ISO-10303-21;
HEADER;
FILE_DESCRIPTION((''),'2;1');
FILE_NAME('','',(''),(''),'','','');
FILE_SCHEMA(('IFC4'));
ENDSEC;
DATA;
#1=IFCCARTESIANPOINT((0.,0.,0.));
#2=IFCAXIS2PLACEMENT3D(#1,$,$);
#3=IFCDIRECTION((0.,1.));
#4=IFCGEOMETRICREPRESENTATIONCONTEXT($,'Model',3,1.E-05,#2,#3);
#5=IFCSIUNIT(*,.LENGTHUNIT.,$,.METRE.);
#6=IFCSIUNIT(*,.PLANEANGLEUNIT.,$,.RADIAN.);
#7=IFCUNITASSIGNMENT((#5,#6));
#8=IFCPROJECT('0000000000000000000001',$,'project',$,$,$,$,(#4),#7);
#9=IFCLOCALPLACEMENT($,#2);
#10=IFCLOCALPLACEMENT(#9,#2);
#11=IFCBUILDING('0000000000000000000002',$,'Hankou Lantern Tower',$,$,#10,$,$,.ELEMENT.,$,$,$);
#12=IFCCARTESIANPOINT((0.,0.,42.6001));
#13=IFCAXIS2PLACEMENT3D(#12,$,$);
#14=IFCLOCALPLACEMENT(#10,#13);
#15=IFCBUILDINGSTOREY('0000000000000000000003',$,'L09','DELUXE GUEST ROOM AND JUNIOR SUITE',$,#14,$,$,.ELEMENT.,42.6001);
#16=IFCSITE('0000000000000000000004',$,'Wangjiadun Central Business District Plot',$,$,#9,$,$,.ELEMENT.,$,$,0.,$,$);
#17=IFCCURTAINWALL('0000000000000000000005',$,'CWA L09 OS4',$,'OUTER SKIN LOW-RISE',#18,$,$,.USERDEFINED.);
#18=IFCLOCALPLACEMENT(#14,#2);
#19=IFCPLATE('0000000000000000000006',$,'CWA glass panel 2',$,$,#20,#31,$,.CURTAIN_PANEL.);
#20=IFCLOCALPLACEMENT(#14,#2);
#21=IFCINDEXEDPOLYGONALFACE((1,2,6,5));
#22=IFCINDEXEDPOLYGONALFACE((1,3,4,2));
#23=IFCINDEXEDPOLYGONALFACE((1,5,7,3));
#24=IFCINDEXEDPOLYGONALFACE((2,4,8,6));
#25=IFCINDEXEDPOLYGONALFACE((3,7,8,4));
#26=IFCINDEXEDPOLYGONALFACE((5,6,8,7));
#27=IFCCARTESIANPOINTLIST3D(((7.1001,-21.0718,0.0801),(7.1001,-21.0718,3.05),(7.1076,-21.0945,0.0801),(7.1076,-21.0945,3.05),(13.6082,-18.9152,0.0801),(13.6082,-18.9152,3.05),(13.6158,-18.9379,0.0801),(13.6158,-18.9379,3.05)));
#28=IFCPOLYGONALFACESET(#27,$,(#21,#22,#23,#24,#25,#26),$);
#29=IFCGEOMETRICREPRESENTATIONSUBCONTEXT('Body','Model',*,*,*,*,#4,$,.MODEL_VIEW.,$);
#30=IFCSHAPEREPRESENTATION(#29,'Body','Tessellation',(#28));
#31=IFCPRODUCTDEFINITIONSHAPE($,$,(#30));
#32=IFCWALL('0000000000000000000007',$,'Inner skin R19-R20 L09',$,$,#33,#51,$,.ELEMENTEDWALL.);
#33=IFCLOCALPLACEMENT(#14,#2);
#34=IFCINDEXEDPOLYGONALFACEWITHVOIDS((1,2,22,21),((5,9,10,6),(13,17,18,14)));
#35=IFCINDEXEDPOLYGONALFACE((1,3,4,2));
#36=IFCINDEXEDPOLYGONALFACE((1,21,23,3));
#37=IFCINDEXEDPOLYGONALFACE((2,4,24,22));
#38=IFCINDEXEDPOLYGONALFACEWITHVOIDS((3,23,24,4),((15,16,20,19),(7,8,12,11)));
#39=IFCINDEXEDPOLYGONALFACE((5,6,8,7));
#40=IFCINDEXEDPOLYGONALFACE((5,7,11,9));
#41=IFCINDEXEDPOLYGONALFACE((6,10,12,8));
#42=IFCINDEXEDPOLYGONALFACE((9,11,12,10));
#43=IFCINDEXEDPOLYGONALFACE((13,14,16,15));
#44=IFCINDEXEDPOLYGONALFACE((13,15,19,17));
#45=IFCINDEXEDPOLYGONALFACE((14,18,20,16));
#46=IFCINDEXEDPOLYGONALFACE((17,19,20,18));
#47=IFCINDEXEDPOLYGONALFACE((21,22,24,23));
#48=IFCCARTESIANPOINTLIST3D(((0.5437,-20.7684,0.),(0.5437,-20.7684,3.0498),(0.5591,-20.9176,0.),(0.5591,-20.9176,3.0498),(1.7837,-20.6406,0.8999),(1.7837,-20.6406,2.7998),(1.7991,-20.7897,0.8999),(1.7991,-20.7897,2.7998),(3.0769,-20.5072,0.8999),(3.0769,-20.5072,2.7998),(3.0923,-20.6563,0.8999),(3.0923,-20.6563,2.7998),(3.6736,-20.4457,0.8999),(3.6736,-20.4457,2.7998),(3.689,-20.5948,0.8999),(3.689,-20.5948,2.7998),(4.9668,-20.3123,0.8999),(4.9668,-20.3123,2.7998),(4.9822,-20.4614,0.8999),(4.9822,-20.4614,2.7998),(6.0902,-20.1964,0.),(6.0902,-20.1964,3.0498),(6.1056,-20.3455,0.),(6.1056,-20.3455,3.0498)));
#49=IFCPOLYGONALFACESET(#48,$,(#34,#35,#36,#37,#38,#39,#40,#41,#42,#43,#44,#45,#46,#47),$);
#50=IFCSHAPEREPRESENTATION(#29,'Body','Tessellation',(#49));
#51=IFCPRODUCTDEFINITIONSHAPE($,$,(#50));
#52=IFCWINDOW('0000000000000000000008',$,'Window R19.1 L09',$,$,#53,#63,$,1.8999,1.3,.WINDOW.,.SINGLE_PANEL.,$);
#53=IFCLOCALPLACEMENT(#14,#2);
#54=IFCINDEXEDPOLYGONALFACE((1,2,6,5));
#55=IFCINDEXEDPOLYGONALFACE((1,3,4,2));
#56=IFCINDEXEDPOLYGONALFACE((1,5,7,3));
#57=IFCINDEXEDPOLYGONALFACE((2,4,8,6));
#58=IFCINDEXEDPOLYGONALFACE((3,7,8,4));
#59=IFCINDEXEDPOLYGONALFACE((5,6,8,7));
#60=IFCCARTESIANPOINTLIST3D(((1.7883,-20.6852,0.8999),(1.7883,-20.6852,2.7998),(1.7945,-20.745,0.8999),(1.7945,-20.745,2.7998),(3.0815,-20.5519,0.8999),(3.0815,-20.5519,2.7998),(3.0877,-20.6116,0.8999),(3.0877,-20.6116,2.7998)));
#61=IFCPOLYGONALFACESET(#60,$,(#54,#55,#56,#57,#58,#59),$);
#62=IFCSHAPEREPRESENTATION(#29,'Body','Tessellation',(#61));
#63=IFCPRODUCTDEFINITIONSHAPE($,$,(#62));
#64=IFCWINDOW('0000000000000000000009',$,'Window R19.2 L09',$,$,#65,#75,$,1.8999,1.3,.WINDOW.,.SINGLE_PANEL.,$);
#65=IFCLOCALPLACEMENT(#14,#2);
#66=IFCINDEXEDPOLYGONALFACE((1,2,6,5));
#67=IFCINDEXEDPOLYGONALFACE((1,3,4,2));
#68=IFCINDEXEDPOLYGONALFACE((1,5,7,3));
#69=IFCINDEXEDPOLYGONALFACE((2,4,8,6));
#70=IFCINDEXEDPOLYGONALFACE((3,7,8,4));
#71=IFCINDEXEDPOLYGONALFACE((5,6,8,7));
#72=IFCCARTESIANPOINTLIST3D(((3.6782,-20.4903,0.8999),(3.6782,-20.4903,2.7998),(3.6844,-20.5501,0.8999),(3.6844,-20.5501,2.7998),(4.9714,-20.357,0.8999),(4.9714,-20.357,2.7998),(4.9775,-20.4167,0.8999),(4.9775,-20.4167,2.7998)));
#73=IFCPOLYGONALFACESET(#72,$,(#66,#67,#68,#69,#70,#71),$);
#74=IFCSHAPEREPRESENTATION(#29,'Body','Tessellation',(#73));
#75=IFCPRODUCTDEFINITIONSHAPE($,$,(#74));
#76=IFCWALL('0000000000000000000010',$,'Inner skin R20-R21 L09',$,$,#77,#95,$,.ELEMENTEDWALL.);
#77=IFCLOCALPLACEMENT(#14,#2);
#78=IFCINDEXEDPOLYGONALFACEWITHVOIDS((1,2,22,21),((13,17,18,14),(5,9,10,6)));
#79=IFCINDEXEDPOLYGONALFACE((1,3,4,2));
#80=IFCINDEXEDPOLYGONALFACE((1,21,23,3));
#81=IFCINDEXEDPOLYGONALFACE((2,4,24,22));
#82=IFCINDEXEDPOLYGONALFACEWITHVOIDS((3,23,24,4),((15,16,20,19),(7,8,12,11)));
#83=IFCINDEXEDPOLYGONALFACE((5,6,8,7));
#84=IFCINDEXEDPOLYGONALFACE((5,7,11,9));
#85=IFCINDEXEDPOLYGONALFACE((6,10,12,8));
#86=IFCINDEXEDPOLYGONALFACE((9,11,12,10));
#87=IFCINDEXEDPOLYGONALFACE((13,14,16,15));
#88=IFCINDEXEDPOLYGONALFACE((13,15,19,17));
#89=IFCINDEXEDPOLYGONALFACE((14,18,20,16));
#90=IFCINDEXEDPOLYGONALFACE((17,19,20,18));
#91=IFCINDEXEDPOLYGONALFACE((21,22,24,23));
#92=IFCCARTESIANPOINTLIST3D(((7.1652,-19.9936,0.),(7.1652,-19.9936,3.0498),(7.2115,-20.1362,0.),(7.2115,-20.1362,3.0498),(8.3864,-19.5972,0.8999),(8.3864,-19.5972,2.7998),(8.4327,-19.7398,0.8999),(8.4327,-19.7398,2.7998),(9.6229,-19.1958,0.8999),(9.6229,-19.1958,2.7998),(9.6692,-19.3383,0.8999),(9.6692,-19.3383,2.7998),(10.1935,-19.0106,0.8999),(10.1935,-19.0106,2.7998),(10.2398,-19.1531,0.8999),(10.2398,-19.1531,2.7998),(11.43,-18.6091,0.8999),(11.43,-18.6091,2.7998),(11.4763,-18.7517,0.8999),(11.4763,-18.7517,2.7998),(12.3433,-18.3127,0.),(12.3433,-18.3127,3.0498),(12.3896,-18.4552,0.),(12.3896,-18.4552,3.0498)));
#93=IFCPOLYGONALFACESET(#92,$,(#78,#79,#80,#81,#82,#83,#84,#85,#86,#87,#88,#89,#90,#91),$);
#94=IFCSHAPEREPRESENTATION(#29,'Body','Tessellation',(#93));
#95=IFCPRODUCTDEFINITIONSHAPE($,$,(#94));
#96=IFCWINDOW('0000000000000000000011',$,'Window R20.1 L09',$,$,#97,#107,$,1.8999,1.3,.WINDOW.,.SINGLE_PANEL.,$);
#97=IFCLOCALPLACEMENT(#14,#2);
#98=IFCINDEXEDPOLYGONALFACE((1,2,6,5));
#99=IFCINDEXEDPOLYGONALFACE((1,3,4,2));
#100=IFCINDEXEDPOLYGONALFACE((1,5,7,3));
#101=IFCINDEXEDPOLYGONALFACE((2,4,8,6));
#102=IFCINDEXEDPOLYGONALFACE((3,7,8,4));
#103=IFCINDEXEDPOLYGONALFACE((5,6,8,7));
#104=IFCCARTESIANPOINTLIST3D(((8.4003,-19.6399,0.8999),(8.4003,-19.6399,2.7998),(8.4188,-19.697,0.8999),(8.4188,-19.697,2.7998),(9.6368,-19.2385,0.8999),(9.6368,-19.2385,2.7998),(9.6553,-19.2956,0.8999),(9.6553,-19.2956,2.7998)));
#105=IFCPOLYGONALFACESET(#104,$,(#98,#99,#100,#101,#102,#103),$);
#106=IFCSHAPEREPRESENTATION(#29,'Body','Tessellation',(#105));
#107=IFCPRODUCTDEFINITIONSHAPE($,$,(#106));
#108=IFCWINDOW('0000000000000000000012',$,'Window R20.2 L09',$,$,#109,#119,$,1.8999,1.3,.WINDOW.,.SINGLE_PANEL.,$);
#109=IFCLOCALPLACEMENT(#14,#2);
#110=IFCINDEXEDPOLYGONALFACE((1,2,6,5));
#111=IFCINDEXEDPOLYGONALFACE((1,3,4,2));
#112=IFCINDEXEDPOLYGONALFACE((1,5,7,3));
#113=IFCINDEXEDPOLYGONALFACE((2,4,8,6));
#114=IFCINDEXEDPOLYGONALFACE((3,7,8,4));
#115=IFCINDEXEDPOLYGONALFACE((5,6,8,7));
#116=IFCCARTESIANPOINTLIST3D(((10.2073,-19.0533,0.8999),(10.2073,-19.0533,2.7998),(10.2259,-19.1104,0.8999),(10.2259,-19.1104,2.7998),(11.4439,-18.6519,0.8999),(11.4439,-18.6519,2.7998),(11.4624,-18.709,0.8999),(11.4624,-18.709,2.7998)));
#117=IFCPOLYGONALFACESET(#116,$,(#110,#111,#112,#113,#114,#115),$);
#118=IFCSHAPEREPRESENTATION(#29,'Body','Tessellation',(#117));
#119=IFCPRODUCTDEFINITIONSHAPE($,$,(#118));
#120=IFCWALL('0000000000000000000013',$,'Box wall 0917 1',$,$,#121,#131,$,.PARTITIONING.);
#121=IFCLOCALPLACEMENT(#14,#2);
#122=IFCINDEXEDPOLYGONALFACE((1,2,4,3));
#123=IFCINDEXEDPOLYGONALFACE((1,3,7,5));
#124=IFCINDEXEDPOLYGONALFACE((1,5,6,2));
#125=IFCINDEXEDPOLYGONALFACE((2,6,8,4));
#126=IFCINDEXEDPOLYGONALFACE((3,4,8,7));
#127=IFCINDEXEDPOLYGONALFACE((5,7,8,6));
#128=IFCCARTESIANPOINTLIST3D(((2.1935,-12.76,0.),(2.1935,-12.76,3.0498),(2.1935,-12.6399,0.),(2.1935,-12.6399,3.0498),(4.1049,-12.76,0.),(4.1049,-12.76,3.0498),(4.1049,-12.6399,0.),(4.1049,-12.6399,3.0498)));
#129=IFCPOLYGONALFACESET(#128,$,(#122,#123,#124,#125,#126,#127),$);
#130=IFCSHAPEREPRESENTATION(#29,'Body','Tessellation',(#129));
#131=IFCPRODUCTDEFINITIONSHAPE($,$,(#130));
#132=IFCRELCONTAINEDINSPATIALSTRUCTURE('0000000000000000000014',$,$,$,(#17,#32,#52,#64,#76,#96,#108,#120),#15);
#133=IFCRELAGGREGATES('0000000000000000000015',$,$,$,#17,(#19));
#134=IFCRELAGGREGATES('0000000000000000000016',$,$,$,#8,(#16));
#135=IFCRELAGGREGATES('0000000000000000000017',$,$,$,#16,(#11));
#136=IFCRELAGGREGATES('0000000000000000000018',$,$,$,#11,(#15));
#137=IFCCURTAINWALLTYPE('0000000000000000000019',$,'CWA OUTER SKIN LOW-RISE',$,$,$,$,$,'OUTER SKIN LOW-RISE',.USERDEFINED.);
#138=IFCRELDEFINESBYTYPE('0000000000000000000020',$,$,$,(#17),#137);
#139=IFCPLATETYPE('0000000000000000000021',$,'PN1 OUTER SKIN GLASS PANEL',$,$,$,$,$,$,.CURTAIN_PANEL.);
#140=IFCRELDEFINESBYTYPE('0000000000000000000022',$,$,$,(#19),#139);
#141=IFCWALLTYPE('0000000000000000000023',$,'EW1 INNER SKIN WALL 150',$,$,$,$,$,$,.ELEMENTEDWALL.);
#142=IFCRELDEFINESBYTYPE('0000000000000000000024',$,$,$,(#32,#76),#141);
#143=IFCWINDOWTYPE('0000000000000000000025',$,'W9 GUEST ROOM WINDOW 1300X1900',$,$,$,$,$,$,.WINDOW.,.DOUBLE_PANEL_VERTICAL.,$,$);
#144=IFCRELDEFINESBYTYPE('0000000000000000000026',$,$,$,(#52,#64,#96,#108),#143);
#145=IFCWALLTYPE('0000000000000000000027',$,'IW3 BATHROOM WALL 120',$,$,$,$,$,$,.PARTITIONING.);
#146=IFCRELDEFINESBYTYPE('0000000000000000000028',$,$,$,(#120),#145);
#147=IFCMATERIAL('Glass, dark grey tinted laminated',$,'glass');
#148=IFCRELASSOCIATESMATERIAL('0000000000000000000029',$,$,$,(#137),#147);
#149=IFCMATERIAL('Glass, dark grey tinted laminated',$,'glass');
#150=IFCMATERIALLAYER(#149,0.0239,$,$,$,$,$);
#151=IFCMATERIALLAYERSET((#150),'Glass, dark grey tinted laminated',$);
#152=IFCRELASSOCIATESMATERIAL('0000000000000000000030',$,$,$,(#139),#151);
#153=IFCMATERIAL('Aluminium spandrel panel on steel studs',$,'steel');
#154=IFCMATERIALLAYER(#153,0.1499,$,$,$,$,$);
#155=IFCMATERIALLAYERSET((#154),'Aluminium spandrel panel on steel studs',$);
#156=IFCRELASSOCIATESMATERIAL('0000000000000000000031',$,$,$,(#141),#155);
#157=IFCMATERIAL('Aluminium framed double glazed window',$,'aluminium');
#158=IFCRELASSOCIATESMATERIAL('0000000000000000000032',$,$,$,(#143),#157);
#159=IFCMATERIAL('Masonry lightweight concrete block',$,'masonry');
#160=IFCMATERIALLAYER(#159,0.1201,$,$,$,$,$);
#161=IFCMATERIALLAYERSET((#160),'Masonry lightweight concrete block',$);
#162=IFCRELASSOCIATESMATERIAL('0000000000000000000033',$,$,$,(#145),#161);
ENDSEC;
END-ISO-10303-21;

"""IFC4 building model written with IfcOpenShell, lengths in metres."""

from ifc_helpers import new_model, si_unit, direction, frame, frame_2d, origin, origin_2d, place, context, subcontext, project, spatial, rectangle, extrude, material, layer, layer_set, type_object, element, fill, aggregate, save


model = new_model("IFC4")

# Units and contexts
model_context = context("Model", 3, precision=1e-05, world=origin(), true_north=direction((0.0, 1.0)))
body_context = subcontext(model_context, "Body", "Model", "MODEL_VIEW")
ifc_project = project(units=[si_unit("LENGTHUNIT", "METRE"), si_unit("PLANEANGLEUNIT", "RADIAN")], contexts=[model_context])

# Site, building, storey
site_placement = place(None, origin())
site = spatial("IfcSite", under=ifc_project, at=site_placement, Name="Wangjiadun Central Business District Plot", CompositionType="ELEMENT", RefElevation=0.0)
building_placement = place(site_placement, origin())
building = spatial("IfcBuilding", under=site, at=building_placement, Name="Hankou Lantern Tower", CompositionType="ELEMENT")
storey_placement = place(building_placement, frame((0.0, 0.0, 42.6001)))
storey = spatial("IfcBuildingStorey", under=building, at=storey_placement, Name="L09", Description="DELUXE GUEST ROOM AND JUNIOR SUITE", CompositionType="ELEMENT", Elevation=42.6001)

# Curtain wall
ifc_material_1 = material(Name="Glass, dark grey tinted laminated", Category="glass")
curtain_wall_type = type_object("IfcCurtainWallType", Name="CWA OUTER SKIN LOW-RISE", ElementType="OUTER SKIN LOW-RISE", PredefinedType="USERDEFINED", material=ifc_material_1)
curtain_wall_placement = place(storey_placement, origin())
curtain_wall = element("IfcCurtainWall", 1, at=curtain_wall_placement, inside=storey, type_object=curtain_wall_type, Name="CWA L09 OS4", ObjectType="OUTER SKIN LOW-RISE", PredefinedType="USERDEFINED")

# Plate
ifc_material_2 = material(Name="Glass, dark grey tinted laminated", Category="glass")
ifc_layer_1 = layer(ifc_material_2, 0.0239)
ifc_layer_set_1 = layer_set([ifc_layer_1], Name="Glass, dark grey tinted laminated")
plate_type = type_object("IfcPlateType", Name="PN1 OUTER SKIN GLASS PANEL", PredefinedType="CURTAIN_PANEL", material=ifc_layer_set_1)
plate_1_placement = place(storey_placement, frame((10.3579, -20.0049, 0.0801), z_axis=(0.0, 0.0, 1.0), x_axis=(0.949241, 0.314551, 0.0)))
plate_1 = element("IfcPlate", 2, at=plate_1_placement, type_object=plate_type, Name="CWA glass panel 2", PredefinedType="CURTAIN_PANEL", context=body_context, shape_type="SweptSolid", body=[
    extrude(rectangle(XDim=6.8562, YDim=0.0239, at=origin_2d()), origin(), (0.0, 0.0, 1.0), 2.97),
])
aggregate(curtain_wall, [plate_1])

# Walls, openings, windows
ifc_material_3 = material(Name="Aluminium spandrel panel on steel studs", Category="steel")
ifc_layer_2 = layer(ifc_material_3, 0.1499)
ifc_layer_set_2 = layer_set([ifc_layer_2], Name="Aluminium spandrel panel on steel studs")
wall_type_1 = type_object("IfcWallType", Name="EW1 INNER SKIN WALL 150", PredefinedType="ELEMENTEDWALL", material=ifc_layer_set_2)
wall_1_placement = place(storey_placement, frame((0.5513, -20.843, 0.0), z_axis=(0.0, 0.0, 1.0), x_axis=(0.994724, 0.10259, 0.0)))
wall_1 = element("IfcWall", 3, at=wall_1_placement, inside=storey, type_object=wall_type_1, Name="Inner skin R19-R20 L09", PredefinedType="ELEMENTEDWALL", context=body_context, shape_type="SweptSolid", body=[
    extrude(rectangle(XDim=5.5759, YDim=0.1499, at=frame_2d((2.7881, 0.0))), origin(), (0.0, 0.0, 1.0), 3.0498),
])
opening_1_placement = place(wall_1_placement, frame((1.2468, 0.0, 0.8999)))
opening_1 = element("IfcOpeningElement", 4, at=opening_1_placement, cuts=wall_1, PredefinedType="OPENING", context=body_context, shape_type="SweptSolid", body=[
    extrude(rectangle(XDim=1.3, YDim=1.8999, at=frame_2d((0.6499, 0.95))), frame((0.0, 0.085, 0.0), z_axis=(0.0, -1.0, 0.0), x_axis=(1.0, 0.0, 0.0)), (0.0, 0.0, 1.0), 0.1699),
])
opening_2_placement = place(wall_1_placement, frame((3.1467, 0.0, 0.8999)))
opening_2 = element("IfcOpeningElement", 5, at=opening_2_placement, cuts=wall_1, PredefinedType="OPENING", context=body_context, shape_type="SweptSolid", body=[
    extrude(rectangle(XDim=1.3, YDim=1.8999, at=frame_2d((0.6499, 0.95))), frame((0.0, 0.085, 0.0), z_axis=(0.0, -1.0, 0.0), x_axis=(1.0, 0.0, 0.0)), (0.0, 0.0, 1.0), 0.1699),
])
ifc_material_4 = material(Name="Aluminium framed double glazed window", Category="aluminium")
window_type = type_object("IfcWindowType", Name="W9 GUEST ROOM WINDOW 1300X1900", PartitioningType="DOUBLE_PANEL_VERTICAL", PredefinedType="WINDOW", material=ifc_material_4)
window_1_placement = place(opening_1_placement, origin())
window_1 = element("IfcWindow", 6, at=window_1_placement, inside=storey, type_object=window_type, Name="Window R19.1 L09", OverallHeight=1.8999, OverallWidth=1.3, PartitioningType="SINGLE_PANEL", PredefinedType="WINDOW", context=body_context, shape_type="SweptSolid", body=[
    extrude(rectangle(XDim=1.3, YDim=1.8999, at=frame_2d((0.6499, 0.95))), frame((0.0, 0.03, 0.0), z_axis=(0.0, -1.0, 0.0), x_axis=(1.0, 0.0, 0.0)), (0.0, 0.0, 1.0), 0.0601),
])
fill(opening_1, window_1)
window_2_placement = place(opening_2_placement, origin())
window_2 = element("IfcWindow", 7, at=window_2_placement, inside=storey, type_object=window_type, Name="Window R19.2 L09", OverallHeight=1.8999, OverallWidth=1.3, PartitioningType="SINGLE_PANEL", PredefinedType="WINDOW", context=body_context, shape_type="SweptSolid", body=[
    extrude(rectangle(XDim=1.3, YDim=1.8999, at=frame_2d((0.6499, 0.95))), frame((0.0, 0.03, 0.0), z_axis=(0.0, -1.0, 0.0), x_axis=(1.0, 0.0, 0.0)), (0.0, 0.0, 1.0), 0.0601),
])
fill(opening_2, window_2)
wall_2_placement = place(storey_placement, frame((7.1882, -20.0649, 0.0), z_axis=(0.0, 0.0, 1.0), x_axis=(0.951138, 0.308765, 0.0)))
wall_2 = element("IfcWall", 8, at=wall_2_placement, inside=storey, type_object=wall_type_1, Name="Inner skin R20-R21 L09", PredefinedType="ELEMENTEDWALL", context=body_context, shape_type="SweptSolid", body=[
    extrude(rectangle(XDim=5.4441, YDim=0.1499, at=frame_2d((2.7222, 0.0))), origin(), (0.0, 0.0, 1.0), 3.0498),
])
opening_3_placement = place(wall_2_placement, frame((1.2842, 0.0, 0.8999)))
opening_3 = element("IfcOpeningElement", 9, at=opening_3_placement, cuts=wall_2, PredefinedType="OPENING", context=body_context, shape_type="SweptSolid", body=[
    extrude(rectangle(XDim=1.3, YDim=1.8999, at=frame_2d((0.6499, 0.95))), frame((0.0, 0.085, 0.0), z_axis=(0.0, -1.0, 0.0), x_axis=(1.0, 0.0, 0.0)), (0.0, 0.0, 1.0), 0.1699),
])
opening_4_placement = place(wall_2_placement, frame((3.1841, 0.0, 0.8999)))
opening_4 = element("IfcOpeningElement", 10, at=opening_4_placement, cuts=wall_2, PredefinedType="OPENING", context=body_context, shape_type="SweptSolid", body=[
    extrude(rectangle(XDim=1.3, YDim=1.8999, at=frame_2d((0.6499, 0.95))), frame((0.0, 0.085, 0.0), z_axis=(0.0, -1.0, 0.0), x_axis=(1.0, 0.0, 0.0)), (0.0, 0.0, 1.0), 0.1699),
])
window_3_placement = place(opening_3_placement, origin())
window_3 = element("IfcWindow", 11, at=window_3_placement, inside=storey, type_object=window_type, Name="Window R20.1 L09", OverallHeight=1.8999, OverallWidth=1.3, PartitioningType="SINGLE_PANEL", PredefinedType="WINDOW", context=body_context, shape_type="SweptSolid", body=[
    extrude(rectangle(XDim=1.3, YDim=1.8999, at=frame_2d((0.6499, 0.95))), frame((0.0, 0.03, 0.0), z_axis=(0.0, -1.0, 0.0), x_axis=(1.0, 0.0, 0.0)), (0.0, 0.0, 1.0), 0.0601),
])
fill(opening_3, window_3)
window_4_placement = place(opening_4_placement, origin())
window_4 = element("IfcWindow", 12, at=window_4_placement, inside=storey, type_object=window_type, Name="Window R20.2 L09", OverallHeight=1.8999, OverallWidth=1.3, PartitioningType="SINGLE_PANEL", PredefinedType="WINDOW", context=body_context, shape_type="SweptSolid", body=[
    extrude(rectangle(XDim=1.3, YDim=1.8999, at=frame_2d((0.6499, 0.95))), frame((0.0, 0.03, 0.0), z_axis=(0.0, -1.0, 0.0), x_axis=(1.0, 0.0, 0.0)), (0.0, 0.0, 1.0), 0.0601),
])
fill(opening_4, window_4)

# Wall
ifc_material_5 = material(Name="Masonry lightweight concrete block", Category="masonry")
ifc_layer_3 = layer(ifc_material_5, 0.1201)
ifc_layer_set_3 = layer_set([ifc_layer_3], Name="Masonry lightweight concrete block")
wall_type_2 = type_object("IfcWallType", Name="IW3 BATHROOM WALL 120", PredefinedType="PARTITIONING", material=ifc_layer_set_3)
wall_3_placement = place(storey_placement, frame((2.1936, -12.7, 0.0), z_axis=(0.0, 0.0, 1.0), x_axis=(1.0, 0.0, 0.0)))
element("IfcWall", 13, at=wall_3_placement, inside=storey, type_object=wall_type_2, Name="Box wall 0917 1", PredefinedType="PARTITIONING", context=body_context, shape_type="SweptSolid", body=[
    extrude(rectangle(XDim=1.9114, YDim=0.1201, at=frame_2d((0.9556, 0.0))), origin(), (0.0, 0.0, 1.0), 3.0498),
])

save(model, "model.ifc")
